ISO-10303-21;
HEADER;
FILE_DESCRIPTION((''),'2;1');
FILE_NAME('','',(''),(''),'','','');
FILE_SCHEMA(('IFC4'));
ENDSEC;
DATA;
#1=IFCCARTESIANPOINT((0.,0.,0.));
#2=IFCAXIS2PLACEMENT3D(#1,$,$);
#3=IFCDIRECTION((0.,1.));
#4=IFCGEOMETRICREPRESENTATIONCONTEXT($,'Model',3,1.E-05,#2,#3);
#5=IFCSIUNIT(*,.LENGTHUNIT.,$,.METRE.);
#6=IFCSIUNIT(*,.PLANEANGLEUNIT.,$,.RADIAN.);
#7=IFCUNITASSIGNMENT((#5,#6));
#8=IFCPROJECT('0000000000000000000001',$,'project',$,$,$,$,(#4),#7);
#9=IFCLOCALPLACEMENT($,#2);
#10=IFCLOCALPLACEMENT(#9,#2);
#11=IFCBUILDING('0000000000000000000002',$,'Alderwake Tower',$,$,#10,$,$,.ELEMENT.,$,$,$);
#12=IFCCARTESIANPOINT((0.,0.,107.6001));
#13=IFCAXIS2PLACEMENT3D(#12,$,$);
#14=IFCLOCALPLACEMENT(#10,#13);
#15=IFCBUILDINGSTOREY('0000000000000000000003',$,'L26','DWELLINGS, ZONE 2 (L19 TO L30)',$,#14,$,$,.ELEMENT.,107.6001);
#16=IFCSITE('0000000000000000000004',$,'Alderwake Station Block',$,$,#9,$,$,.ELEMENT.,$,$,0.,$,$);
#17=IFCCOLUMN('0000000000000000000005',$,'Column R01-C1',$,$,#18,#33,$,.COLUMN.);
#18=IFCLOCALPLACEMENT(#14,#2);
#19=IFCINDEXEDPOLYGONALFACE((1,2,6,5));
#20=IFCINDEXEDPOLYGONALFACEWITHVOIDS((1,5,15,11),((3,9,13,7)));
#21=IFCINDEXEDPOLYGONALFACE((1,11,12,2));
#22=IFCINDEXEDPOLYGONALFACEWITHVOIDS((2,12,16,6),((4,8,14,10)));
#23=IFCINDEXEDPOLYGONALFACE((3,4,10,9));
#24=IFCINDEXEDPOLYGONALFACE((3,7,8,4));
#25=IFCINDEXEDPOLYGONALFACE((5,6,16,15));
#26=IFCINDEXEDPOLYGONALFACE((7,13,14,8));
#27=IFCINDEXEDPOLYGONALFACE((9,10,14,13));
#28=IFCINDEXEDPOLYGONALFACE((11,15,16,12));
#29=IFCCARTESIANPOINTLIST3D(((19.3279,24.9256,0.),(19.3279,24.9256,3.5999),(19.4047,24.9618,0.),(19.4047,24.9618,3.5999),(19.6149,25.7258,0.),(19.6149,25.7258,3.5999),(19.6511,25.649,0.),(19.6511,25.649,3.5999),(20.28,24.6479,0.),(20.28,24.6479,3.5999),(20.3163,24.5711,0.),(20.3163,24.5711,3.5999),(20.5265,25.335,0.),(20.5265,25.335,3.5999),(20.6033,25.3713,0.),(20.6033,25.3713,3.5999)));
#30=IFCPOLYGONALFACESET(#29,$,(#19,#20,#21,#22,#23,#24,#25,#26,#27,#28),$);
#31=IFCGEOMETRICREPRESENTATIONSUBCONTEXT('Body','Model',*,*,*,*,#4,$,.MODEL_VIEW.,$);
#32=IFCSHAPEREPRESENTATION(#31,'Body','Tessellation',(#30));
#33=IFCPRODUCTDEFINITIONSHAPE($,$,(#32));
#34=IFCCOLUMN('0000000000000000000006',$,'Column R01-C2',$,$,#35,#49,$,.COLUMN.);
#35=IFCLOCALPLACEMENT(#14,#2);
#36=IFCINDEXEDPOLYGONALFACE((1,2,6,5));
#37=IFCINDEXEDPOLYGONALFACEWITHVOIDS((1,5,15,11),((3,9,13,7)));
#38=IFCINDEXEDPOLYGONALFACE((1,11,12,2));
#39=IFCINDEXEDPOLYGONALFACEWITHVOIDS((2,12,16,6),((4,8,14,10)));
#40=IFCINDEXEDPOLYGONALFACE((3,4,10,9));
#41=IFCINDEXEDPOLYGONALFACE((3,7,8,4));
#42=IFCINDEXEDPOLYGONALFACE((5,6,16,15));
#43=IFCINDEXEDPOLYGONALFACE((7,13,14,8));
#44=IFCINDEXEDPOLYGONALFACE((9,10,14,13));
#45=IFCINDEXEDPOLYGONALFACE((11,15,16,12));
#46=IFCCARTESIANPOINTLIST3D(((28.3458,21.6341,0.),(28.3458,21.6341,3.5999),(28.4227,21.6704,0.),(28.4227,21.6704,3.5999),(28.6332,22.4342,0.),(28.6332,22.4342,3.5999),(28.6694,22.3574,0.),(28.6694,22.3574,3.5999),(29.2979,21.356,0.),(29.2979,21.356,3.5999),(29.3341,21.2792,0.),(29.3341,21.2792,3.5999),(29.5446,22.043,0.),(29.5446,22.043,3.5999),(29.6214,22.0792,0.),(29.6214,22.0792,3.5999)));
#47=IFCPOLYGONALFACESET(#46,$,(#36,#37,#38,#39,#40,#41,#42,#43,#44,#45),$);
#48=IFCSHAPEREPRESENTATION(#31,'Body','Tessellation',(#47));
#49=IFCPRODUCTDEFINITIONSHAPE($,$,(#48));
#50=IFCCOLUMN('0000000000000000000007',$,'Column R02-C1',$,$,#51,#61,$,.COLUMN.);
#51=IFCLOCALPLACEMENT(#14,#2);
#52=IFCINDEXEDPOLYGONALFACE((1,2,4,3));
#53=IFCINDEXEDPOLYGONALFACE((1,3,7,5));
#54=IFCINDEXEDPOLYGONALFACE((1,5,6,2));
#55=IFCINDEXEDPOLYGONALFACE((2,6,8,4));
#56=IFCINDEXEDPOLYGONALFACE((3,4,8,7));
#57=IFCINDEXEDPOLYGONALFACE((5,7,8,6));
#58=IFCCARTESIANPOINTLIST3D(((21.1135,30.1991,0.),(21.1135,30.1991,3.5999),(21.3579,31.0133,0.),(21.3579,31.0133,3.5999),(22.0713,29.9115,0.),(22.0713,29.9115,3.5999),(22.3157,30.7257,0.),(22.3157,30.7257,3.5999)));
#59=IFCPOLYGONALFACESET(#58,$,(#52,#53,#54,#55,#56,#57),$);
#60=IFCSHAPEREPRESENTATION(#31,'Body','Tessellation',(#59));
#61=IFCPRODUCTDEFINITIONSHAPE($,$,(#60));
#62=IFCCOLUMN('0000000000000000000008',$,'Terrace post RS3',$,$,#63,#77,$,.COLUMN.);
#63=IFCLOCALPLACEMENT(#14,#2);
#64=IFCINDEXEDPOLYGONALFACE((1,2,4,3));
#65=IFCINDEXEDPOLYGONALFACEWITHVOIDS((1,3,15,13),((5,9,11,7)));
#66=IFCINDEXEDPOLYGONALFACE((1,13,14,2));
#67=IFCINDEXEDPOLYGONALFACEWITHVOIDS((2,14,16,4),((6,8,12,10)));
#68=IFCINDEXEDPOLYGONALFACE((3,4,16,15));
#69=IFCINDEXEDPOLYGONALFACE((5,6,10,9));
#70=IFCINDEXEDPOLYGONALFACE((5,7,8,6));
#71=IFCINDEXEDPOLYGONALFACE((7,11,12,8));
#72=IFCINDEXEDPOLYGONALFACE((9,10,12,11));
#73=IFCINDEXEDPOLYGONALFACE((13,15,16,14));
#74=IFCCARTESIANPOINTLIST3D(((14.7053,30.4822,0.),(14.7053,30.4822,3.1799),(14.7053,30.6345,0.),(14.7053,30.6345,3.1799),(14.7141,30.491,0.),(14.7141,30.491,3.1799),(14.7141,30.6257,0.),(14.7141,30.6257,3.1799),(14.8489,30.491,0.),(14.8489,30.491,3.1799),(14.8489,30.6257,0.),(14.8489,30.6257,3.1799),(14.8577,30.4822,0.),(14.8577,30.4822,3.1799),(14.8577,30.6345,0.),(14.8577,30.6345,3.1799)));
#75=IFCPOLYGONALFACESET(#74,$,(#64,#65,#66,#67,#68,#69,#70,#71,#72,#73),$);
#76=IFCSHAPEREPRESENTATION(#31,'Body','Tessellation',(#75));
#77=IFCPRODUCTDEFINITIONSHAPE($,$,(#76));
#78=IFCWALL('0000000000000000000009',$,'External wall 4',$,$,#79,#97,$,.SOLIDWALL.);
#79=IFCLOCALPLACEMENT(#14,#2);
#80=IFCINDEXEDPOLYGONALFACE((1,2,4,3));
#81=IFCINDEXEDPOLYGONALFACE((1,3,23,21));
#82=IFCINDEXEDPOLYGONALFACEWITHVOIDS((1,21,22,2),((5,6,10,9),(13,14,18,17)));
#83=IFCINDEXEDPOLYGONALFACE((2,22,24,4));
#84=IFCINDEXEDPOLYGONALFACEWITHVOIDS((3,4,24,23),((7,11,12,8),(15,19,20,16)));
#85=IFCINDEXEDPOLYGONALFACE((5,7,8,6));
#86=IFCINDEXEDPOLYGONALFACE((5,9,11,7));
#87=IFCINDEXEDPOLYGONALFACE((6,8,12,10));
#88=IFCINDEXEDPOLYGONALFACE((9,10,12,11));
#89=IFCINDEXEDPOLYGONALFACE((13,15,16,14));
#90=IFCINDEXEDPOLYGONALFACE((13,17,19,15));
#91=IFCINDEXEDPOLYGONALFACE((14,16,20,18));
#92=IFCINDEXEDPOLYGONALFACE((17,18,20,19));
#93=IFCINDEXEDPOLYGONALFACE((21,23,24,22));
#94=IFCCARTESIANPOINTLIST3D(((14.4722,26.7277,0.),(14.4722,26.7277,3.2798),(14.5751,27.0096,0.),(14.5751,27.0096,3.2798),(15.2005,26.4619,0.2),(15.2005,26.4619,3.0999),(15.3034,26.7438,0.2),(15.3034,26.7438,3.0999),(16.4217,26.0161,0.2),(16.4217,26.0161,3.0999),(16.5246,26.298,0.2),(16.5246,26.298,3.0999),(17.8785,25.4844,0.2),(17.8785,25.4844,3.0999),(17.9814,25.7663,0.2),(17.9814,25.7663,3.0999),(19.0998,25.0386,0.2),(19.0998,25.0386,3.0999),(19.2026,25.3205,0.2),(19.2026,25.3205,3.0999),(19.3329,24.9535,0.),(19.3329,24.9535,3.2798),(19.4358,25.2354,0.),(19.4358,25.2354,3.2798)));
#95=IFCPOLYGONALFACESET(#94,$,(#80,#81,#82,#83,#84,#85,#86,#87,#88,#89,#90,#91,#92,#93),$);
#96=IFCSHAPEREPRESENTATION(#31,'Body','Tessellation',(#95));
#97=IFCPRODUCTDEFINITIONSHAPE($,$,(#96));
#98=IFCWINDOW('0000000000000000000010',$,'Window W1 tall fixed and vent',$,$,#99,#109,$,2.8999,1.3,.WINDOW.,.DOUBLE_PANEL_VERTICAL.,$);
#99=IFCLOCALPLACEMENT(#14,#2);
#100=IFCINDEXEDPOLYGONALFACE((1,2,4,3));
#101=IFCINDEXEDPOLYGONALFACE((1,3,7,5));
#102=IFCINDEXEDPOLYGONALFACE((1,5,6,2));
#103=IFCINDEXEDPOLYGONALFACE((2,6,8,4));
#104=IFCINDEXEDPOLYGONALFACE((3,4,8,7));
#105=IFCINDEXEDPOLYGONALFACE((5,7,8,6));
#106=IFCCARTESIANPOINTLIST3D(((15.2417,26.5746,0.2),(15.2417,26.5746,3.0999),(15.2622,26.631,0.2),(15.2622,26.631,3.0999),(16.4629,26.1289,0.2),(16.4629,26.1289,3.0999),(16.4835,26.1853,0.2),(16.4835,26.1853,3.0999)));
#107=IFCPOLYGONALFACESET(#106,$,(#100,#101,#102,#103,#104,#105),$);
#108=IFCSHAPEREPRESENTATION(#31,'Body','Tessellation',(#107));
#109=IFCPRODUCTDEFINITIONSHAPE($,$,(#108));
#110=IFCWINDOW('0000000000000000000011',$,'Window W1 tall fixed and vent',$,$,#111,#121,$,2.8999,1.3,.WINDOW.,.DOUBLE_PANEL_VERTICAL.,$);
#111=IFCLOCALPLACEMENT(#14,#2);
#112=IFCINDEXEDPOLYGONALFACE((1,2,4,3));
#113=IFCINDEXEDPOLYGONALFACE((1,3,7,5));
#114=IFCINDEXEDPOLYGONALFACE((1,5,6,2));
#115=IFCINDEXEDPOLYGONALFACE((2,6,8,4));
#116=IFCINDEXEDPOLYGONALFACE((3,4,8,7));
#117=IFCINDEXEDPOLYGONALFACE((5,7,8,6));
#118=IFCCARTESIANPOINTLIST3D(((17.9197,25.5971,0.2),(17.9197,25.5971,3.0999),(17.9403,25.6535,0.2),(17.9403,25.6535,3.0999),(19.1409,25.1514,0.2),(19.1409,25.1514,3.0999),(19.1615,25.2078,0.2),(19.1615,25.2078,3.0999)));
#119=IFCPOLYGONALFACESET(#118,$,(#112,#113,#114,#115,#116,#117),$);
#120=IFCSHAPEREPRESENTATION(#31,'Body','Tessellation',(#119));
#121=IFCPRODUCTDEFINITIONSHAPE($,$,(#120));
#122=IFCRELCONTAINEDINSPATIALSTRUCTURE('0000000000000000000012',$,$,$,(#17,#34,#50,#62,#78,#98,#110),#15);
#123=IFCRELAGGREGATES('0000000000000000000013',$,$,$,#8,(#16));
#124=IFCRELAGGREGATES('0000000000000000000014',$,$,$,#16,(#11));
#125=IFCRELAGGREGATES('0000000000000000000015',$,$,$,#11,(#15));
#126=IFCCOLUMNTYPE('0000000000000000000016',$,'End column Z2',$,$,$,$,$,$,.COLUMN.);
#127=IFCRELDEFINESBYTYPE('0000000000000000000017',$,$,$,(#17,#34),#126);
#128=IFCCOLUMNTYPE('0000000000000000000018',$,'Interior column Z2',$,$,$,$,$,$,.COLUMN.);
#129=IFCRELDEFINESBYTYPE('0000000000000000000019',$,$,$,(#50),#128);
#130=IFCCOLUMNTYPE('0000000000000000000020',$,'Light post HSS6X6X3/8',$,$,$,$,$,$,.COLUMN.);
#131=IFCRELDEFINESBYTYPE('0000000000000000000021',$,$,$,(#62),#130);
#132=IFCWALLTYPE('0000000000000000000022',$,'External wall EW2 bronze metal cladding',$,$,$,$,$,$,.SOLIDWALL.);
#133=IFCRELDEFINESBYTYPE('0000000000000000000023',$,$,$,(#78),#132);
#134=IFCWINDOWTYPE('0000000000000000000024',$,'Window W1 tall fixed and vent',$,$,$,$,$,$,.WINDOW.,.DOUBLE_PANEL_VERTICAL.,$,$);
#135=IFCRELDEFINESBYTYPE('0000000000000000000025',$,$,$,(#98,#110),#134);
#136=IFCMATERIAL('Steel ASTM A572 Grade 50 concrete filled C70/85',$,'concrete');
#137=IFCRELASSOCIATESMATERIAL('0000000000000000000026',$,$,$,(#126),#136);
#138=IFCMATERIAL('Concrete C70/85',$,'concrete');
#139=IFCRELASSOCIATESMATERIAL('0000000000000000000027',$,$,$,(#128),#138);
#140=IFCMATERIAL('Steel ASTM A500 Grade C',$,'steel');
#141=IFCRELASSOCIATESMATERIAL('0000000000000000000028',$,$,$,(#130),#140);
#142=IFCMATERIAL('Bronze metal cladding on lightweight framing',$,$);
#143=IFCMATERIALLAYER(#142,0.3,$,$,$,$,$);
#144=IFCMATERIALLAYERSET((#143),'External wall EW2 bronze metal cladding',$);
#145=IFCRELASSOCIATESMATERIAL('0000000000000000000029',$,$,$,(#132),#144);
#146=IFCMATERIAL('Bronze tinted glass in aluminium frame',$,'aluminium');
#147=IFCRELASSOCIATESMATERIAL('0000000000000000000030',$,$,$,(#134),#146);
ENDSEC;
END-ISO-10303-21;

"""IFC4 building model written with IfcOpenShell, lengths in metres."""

from ifc_helpers import new_model, si_unit, direction, frame, frame_2d, origin, origin_2d, place, context, subcontext, project, spatial, rectangle, hollow_rectangle, extrude, material, layer, layer_set, material_profile, profile_set, type_object, element, fill, save


model = new_model("IFC4")

# Units and contexts
model_context = context("Model", 3, precision=1e-05, world=origin(), true_north=direction((0.0, 1.0)))
body_context = subcontext(model_context, "Body", "Model", "MODEL_VIEW")
ifc_project = project(units=[si_unit("LENGTHUNIT", "METRE"), si_unit("PLANEANGLEUNIT", "RADIAN")], contexts=[model_context])

# Site, building, storey
site_placement = place(None, origin())
site = spatial("IfcSite", under=ifc_project, at=site_placement, Name="Alderwake Station Block", CompositionType="ELEMENT", RefElevation=0.0)
building_placement = place(site_placement, origin())
building = spatial("IfcBuilding", under=site, at=building_placement, Name="Alderwake Tower", CompositionType="ELEMENT")
storey_placement = place(building_placement, frame((0.0, 0.0, 107.6001)))
storey = spatial("IfcBuildingStorey", under=building, at=storey_placement, Name="L26", Description="DWELLINGS, ZONE 2 (L19 TO L30)", CompositionType="ELEMENT", Elevation=107.6001)

# Columns
ifc_material_1 = material(Name="Steel ASTM A572 Grade 50 concrete filled C70/85", Category="concrete")
ifc_material_profile_1 = material_profile(ifc_material_1, hollow_rectangle(XDim=0.8501, YDim=1.05, WallThickness=0.0601, at=origin_2d()), Name="BOX 1050X850X60")
ifc_profile_set_1 = profile_set([ifc_material_profile_1], Name="Steel ASTM A572 Grade 50 concrete filled C70/85")
column_type_1 = type_object("IfcColumnType", Name="End column Z2", PredefinedType="COLUMN", material=ifc_profile_set_1)
for number, where, z_axis, x_axis, name in (
    (1, (19.9656, 25.1484, 0.0), (0.0, 0.0, 1.0), (0.337585, 0.941295, 0.0), "Column R01-C1"),
    (2, (28.9836, 21.8567, 0.0), (0.0, 0.0, 1.0), (0.338027, 0.941136, 0.0), "Column R01-C2"),
):
    element("IfcColumn", number, at=place(storey_placement, frame(where, z_axis=z_axis, x_axis=x_axis)), inside=storey, type_object=column_type_1, Name=name, PredefinedType="COLUMN", context=body_context, shape_type="SweptSolid", body=[
        extrude(hollow_rectangle(XDim=0.8501, YDim=1.05, WallThickness=0.0601, at=origin_2d()), origin(), (0.0, 0.0, 1.0), 3.5999),
    ])
ifc_material_2 = material(Name="Concrete C70/85", Category="concrete")
ifc_material_profile_2 = material_profile(ifc_material_2, rectangle(XDim=0.8501, YDim=1.0, at=origin_2d()), Name="RC 1000X850")
ifc_profile_set_2 = profile_set([ifc_material_profile_2], Name="Concrete C70/85")
column_type_2 = type_object("IfcColumnType", Name="Interior column Z2", PredefinedType="COLUMN", material=ifc_profile_set_2)
column_1_placement = place(storey_placement, frame((21.7146, 30.4624, 0.0), z_axis=(0.0, 0.0, 1.0), x_axis=(0.287549, 0.957766, 0.0)))
element("IfcColumn", 3, at=column_1_placement, inside=storey, type_object=column_type_2, Name="Column R02-C1", PredefinedType="COLUMN", context=body_context, shape_type="SweptSolid", body=[
    extrude(rectangle(XDim=0.8501, YDim=1.0, at=origin_2d()), origin(), (0.0, 0.0, 1.0), 3.5999),
])
ifc_material_3 = material(Name="Steel ASTM A500 Grade C", Category="steel")
ifc_material_profile_3 = material_profile(ifc_material_3, hollow_rectangle(XDim=0.1523, YDim=0.1523, WallThickness=0.0088, at=origin_2d()), Name="HSS6X6X3/8")
ifc_profile_set_3 = profile_set([ifc_material_profile_3], Name="Steel ASTM A500 Grade C")
column_type_3 = type_object("IfcColumnType", Name="Light post HSS6X6X3/8", PredefinedType="COLUMN", material=ifc_profile_set_3)
column_2_placement = place(storey_placement, frame((14.7815, 30.5583, 0.0), z_axis=(0.0, 0.0, 1.0), x_axis=(1.0, 0.0, 0.0)))
element("IfcColumn", 4, at=column_2_placement, inside=storey, type_object=column_type_3, Name="Terrace post RS3", PredefinedType="COLUMN", context=body_context, shape_type="SweptSolid", body=[
    extrude(hollow_rectangle(XDim=0.1523, YDim=0.1523, WallThickness=0.0088, at=origin_2d()), origin(), (0.0, 0.0, 1.0), 3.1799),
])

# Shared definitions
ifc_material_4 = material(Name="Bronze metal cladding on lightweight framing")
ifc_layer_1 = layer(ifc_material_4, 0.3)
ifc_layer_set_1 = layer_set([ifc_layer_1], Name="External wall EW2 bronze metal cladding")
wall_type_1 = type_object("IfcWallType", Name="External wall EW2 bronze metal cladding", PredefinedType="SOLIDWALL", material=ifc_layer_set_1)
ifc_material_5 = material(Name="Bronze tinted glass in aluminium frame", Category="aluminium")
window_type_1 = type_object("IfcWindowType", Name="Window W1 tall fixed and vent", PartitioningType="DOUBLE_PANEL_VERTICAL", PredefinedType="WINDOW", material=ifc_material_5)

# Wall, openings, windows
wall_1_placement = place(storey_placement, frame((14.5237, 26.8687, 0.0), z_axis=(0.0, 0.0, 1.0), x_axis=(0.939378, -0.342883, 0.0)))
wall_1 = element("IfcWall", 5, at=wall_1_placement, inside=storey, type_object=wall_type_1, Name="External wall 4", PredefinedType="SOLIDWALL", context=body_context, shape_type="SweptSolid", body=[
    extrude(rectangle(XDim=5.1743, YDim=0.3, at=frame_2d((2.5872, 0.0))), origin(), (0.0, 0.0, 1.0), 3.2798),
])
opening_1_placement = place(wall_1_placement, frame((0.7754, 0.0, 0.2)))
opening_1 = element("IfcOpeningElement", 6, at=opening_1_placement, cuts=wall_1, PredefinedType="OPENING", context=body_context, shape_type="SweptSolid", body=[
    extrude(rectangle(XDim=1.3, YDim=2.8999, at=frame_2d((0.6499, 1.45))), frame((0.0, 0.1599, 0.0), z_axis=(0.0, -1.0, 0.0), x_axis=(1.0, 0.0, 0.0)), (0.0, 0.0, 1.0), 0.3201),
])
opening_2_placement = place(wall_1_placement, frame((3.6262, 0.0, 0.2)))
opening_2 = element("IfcOpeningElement", 7, at=opening_2_placement, cuts=wall_1, PredefinedType="OPENING", context=body_context, shape_type="SweptSolid", body=[
    extrude(rectangle(XDim=1.3, YDim=2.8999, at=frame_2d((0.6499, 1.45))), frame((0.0, 0.1599, 0.0), z_axis=(0.0, -1.0, 0.0), x_axis=(1.0, 0.0, 0.0)), (0.0, 0.0, 1.0), 0.3201),
])
window_1_placement = place(opening_1_placement, origin())
window_1 = element("IfcWindow", 8, at=window_1_placement, inside=storey, type_object=window_type_1, Name="Window W1 tall fixed and vent", OverallHeight=2.8999, OverallWidth=1.3, PartitioningType="DOUBLE_PANEL_VERTICAL", PredefinedType="WINDOW", context=body_context, shape_type="SweptSolid", body=[
    extrude(rectangle(XDim=1.3, YDim=2.8999, at=frame_2d((0.6499, 1.45))), frame((0.0, 0.03, 0.0), z_axis=(0.0, -1.0, 0.0), x_axis=(1.0, 0.0, 0.0)), (0.0, 0.0, 1.0), 0.0601),
])
fill(opening_1, window_1)
window_2_placement = place(opening_2_placement, origin())
window_2 = element("IfcWindow", 9, at=window_2_placement, inside=storey, type_object=window_type_1, Name="Window W1 tall fixed and vent", OverallHeight=2.8999, OverallWidth=1.3, PartitioningType="DOUBLE_PANEL_VERTICAL", PredefinedType="WINDOW", context=body_context, shape_type="SweptSolid", body=[
    extrude(rectangle(XDim=1.3, YDim=2.8999, at=frame_2d((0.6499, 1.45))), frame((0.0, 0.03, 0.0), z_axis=(0.0, -1.0, 0.0), x_axis=(1.0, 0.0, 0.0)), (0.0, 0.0, 1.0), 0.0601),
])
fill(opening_2, window_2)

save(model, "model.ifc")
